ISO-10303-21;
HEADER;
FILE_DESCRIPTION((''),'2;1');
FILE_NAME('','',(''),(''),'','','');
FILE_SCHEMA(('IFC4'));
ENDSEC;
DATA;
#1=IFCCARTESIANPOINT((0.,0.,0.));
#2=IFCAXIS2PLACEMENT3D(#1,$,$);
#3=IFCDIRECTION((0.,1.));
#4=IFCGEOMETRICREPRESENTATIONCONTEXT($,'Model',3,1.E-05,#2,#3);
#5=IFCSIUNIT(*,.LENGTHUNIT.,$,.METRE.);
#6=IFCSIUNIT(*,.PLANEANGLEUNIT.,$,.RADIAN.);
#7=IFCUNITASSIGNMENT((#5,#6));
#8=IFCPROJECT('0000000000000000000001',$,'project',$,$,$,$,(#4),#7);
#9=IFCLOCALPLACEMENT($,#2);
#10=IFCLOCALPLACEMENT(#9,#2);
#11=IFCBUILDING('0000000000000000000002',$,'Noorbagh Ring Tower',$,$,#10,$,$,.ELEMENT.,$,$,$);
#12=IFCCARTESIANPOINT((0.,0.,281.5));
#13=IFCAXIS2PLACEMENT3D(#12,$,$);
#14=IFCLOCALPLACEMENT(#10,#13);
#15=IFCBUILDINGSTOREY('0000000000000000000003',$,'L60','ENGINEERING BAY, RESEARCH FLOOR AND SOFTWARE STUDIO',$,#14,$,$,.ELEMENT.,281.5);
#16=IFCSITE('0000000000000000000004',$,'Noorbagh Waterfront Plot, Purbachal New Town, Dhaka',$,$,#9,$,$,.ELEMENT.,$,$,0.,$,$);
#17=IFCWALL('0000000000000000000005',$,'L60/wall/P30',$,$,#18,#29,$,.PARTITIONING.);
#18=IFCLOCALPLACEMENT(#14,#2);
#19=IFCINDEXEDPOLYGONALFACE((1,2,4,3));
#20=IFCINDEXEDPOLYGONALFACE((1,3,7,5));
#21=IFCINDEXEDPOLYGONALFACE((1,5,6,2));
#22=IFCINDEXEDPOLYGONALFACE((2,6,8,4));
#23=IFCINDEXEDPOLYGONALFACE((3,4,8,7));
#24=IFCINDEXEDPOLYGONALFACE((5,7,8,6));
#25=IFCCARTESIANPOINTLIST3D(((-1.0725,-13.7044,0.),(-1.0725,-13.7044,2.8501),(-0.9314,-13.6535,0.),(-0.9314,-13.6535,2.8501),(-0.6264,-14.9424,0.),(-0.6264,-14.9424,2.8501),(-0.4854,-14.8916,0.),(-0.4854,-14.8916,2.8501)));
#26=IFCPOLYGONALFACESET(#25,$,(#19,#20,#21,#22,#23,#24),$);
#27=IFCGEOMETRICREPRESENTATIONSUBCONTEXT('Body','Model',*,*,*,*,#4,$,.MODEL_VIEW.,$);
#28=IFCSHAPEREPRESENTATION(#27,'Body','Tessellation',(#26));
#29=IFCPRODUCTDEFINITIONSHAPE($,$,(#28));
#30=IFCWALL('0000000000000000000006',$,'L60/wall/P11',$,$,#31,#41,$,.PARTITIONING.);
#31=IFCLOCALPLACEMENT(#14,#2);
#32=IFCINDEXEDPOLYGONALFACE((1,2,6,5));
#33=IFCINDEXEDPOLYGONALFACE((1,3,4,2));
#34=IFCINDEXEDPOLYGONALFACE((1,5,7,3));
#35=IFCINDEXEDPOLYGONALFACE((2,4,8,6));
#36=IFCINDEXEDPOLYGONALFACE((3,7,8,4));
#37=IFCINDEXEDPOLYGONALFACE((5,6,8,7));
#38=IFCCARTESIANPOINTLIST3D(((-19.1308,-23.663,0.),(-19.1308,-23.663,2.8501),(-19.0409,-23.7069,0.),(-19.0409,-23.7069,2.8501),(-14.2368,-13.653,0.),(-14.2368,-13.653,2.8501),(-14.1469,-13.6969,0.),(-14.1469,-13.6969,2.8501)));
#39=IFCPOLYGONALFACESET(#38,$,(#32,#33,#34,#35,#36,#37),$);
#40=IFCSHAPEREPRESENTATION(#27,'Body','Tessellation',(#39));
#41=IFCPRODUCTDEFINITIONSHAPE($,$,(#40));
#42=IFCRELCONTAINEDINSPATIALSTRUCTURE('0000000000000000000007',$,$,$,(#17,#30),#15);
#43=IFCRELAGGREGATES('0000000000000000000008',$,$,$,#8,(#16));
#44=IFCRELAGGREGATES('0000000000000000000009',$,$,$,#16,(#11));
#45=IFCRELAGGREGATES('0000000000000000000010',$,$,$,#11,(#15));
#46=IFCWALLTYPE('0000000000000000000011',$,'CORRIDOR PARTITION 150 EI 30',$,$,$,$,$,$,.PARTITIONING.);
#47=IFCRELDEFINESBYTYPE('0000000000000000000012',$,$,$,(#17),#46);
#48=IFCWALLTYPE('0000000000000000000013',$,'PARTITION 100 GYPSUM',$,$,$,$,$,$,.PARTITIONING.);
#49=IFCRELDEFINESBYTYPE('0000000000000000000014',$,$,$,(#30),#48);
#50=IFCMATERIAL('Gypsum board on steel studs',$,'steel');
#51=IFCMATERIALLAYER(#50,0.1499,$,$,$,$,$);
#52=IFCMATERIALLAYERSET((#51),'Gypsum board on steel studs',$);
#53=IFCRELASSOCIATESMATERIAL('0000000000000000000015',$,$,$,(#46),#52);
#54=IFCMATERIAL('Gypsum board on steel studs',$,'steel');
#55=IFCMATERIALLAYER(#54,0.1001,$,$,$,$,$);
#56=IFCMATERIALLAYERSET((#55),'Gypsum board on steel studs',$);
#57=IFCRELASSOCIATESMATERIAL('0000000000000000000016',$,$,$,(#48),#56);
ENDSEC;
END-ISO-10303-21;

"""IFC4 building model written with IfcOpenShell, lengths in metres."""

from ifc_helpers import new_model, si_unit, direction, frame, frame_2d, origin, place, context, subcontext, project, spatial, rectangle, extrude, material, layer, layer_set, type_object, element, save


model = new_model("IFC4")

# Units and contexts
model_context = context("Model", 3, precision=1e-05, world=origin(), true_north=direction((0.0, 1.0)))
body_context = subcontext(model_context, "Body", "Model", "MODEL_VIEW")
ifc_project = project(units=[si_unit("LENGTHUNIT", "METRE"), si_unit("PLANEANGLEUNIT", "RADIAN")], contexts=[model_context])

# Site, building, storey
site_placement = place(None, origin())
site = spatial("IfcSite", under=ifc_project, at=site_placement, Name="Noorbagh Waterfront Plot, Purbachal New Town, Dhaka", CompositionType="ELEMENT", RefElevation=0.0)
building_placement = place(site_placement, origin())
building = spatial("IfcBuilding", under=site, at=building_placement, Name="Noorbagh Ring Tower", CompositionType="ELEMENT")
storey_placement = place(building_placement, frame((0.0, 0.0, 281.5)))
storey = spatial("IfcBuildingStorey", under=building, at=storey_placement, Name="L60", Description="ENGINEERING BAY, RESEARCH FLOOR AND SOFTWARE STUDIO", CompositionType="ELEMENT", Elevation=281.5)

# Shared definitions
ifc_material_1 = material(Name="Gypsum board on steel studs", Category="steel")
ifc_layer_1 = layer(ifc_material_1, 0.1499)
ifc_layer_set_1 = layer_set([ifc_layer_1], Name="Gypsum board on steel studs")
wall_type_1 = type_object("IfcWallType", Name="CORRIDOR PARTITION 150 EI 30", PredefinedType="PARTITIONING", material=ifc_layer_set_1)

# Walls
wall_1_placement = place(storey_placement, frame((-1.002, -13.679, 0.0), z_axis=(0.0, 0.0, 1.0), x_axis=(0.338956, -0.940802, 0.0)))
element("IfcWall", 1, at=wall_1_placement, inside=storey, type_object=wall_type_1, Name="L60/wall/P30", PredefinedType="PARTITIONING", context=body_context, shape_type="SweptSolid", body=[
    extrude(rectangle(XDim=1.3159, YDim=0.1499, at=frame_2d((0.658, 0.0))), origin(), (0.0, 0.0, 1.0), 2.8501),
])
ifc_material_2 = material(Name="Gypsum board on steel studs", Category="steel")
ifc_layer_2 = layer(ifc_material_2, 0.1001)
ifc_layer_set_2 = layer_set([ifc_layer_2], Name="Gypsum board on steel studs")
wall_type_2 = type_object("IfcWallType", Name="PARTITION 100 GYPSUM", PredefinedType="PARTITIONING", material=ifc_layer_set_2)
wall_2_placement = place(storey_placement, frame((-19.0859, -23.6851, 0.0), z_axis=(0.0, 0.0, 1.0), x_axis=(0.439229, 0.898375, 0.0)))
element("IfcWall", 2, at=wall_2_placement, inside=storey, type_object=wall_type_2, Name="L60/wall/P11", PredefinedType="PARTITIONING", context=body_context, shape_type="SweptSolid", body=[
    extrude(rectangle(XDim=11.1423, YDim=0.1001, at=frame_2d((5.5713, 0.0))), origin(), (0.0, 0.0, 1.0), 2.8501),
])

save(model, "model.ifc")
